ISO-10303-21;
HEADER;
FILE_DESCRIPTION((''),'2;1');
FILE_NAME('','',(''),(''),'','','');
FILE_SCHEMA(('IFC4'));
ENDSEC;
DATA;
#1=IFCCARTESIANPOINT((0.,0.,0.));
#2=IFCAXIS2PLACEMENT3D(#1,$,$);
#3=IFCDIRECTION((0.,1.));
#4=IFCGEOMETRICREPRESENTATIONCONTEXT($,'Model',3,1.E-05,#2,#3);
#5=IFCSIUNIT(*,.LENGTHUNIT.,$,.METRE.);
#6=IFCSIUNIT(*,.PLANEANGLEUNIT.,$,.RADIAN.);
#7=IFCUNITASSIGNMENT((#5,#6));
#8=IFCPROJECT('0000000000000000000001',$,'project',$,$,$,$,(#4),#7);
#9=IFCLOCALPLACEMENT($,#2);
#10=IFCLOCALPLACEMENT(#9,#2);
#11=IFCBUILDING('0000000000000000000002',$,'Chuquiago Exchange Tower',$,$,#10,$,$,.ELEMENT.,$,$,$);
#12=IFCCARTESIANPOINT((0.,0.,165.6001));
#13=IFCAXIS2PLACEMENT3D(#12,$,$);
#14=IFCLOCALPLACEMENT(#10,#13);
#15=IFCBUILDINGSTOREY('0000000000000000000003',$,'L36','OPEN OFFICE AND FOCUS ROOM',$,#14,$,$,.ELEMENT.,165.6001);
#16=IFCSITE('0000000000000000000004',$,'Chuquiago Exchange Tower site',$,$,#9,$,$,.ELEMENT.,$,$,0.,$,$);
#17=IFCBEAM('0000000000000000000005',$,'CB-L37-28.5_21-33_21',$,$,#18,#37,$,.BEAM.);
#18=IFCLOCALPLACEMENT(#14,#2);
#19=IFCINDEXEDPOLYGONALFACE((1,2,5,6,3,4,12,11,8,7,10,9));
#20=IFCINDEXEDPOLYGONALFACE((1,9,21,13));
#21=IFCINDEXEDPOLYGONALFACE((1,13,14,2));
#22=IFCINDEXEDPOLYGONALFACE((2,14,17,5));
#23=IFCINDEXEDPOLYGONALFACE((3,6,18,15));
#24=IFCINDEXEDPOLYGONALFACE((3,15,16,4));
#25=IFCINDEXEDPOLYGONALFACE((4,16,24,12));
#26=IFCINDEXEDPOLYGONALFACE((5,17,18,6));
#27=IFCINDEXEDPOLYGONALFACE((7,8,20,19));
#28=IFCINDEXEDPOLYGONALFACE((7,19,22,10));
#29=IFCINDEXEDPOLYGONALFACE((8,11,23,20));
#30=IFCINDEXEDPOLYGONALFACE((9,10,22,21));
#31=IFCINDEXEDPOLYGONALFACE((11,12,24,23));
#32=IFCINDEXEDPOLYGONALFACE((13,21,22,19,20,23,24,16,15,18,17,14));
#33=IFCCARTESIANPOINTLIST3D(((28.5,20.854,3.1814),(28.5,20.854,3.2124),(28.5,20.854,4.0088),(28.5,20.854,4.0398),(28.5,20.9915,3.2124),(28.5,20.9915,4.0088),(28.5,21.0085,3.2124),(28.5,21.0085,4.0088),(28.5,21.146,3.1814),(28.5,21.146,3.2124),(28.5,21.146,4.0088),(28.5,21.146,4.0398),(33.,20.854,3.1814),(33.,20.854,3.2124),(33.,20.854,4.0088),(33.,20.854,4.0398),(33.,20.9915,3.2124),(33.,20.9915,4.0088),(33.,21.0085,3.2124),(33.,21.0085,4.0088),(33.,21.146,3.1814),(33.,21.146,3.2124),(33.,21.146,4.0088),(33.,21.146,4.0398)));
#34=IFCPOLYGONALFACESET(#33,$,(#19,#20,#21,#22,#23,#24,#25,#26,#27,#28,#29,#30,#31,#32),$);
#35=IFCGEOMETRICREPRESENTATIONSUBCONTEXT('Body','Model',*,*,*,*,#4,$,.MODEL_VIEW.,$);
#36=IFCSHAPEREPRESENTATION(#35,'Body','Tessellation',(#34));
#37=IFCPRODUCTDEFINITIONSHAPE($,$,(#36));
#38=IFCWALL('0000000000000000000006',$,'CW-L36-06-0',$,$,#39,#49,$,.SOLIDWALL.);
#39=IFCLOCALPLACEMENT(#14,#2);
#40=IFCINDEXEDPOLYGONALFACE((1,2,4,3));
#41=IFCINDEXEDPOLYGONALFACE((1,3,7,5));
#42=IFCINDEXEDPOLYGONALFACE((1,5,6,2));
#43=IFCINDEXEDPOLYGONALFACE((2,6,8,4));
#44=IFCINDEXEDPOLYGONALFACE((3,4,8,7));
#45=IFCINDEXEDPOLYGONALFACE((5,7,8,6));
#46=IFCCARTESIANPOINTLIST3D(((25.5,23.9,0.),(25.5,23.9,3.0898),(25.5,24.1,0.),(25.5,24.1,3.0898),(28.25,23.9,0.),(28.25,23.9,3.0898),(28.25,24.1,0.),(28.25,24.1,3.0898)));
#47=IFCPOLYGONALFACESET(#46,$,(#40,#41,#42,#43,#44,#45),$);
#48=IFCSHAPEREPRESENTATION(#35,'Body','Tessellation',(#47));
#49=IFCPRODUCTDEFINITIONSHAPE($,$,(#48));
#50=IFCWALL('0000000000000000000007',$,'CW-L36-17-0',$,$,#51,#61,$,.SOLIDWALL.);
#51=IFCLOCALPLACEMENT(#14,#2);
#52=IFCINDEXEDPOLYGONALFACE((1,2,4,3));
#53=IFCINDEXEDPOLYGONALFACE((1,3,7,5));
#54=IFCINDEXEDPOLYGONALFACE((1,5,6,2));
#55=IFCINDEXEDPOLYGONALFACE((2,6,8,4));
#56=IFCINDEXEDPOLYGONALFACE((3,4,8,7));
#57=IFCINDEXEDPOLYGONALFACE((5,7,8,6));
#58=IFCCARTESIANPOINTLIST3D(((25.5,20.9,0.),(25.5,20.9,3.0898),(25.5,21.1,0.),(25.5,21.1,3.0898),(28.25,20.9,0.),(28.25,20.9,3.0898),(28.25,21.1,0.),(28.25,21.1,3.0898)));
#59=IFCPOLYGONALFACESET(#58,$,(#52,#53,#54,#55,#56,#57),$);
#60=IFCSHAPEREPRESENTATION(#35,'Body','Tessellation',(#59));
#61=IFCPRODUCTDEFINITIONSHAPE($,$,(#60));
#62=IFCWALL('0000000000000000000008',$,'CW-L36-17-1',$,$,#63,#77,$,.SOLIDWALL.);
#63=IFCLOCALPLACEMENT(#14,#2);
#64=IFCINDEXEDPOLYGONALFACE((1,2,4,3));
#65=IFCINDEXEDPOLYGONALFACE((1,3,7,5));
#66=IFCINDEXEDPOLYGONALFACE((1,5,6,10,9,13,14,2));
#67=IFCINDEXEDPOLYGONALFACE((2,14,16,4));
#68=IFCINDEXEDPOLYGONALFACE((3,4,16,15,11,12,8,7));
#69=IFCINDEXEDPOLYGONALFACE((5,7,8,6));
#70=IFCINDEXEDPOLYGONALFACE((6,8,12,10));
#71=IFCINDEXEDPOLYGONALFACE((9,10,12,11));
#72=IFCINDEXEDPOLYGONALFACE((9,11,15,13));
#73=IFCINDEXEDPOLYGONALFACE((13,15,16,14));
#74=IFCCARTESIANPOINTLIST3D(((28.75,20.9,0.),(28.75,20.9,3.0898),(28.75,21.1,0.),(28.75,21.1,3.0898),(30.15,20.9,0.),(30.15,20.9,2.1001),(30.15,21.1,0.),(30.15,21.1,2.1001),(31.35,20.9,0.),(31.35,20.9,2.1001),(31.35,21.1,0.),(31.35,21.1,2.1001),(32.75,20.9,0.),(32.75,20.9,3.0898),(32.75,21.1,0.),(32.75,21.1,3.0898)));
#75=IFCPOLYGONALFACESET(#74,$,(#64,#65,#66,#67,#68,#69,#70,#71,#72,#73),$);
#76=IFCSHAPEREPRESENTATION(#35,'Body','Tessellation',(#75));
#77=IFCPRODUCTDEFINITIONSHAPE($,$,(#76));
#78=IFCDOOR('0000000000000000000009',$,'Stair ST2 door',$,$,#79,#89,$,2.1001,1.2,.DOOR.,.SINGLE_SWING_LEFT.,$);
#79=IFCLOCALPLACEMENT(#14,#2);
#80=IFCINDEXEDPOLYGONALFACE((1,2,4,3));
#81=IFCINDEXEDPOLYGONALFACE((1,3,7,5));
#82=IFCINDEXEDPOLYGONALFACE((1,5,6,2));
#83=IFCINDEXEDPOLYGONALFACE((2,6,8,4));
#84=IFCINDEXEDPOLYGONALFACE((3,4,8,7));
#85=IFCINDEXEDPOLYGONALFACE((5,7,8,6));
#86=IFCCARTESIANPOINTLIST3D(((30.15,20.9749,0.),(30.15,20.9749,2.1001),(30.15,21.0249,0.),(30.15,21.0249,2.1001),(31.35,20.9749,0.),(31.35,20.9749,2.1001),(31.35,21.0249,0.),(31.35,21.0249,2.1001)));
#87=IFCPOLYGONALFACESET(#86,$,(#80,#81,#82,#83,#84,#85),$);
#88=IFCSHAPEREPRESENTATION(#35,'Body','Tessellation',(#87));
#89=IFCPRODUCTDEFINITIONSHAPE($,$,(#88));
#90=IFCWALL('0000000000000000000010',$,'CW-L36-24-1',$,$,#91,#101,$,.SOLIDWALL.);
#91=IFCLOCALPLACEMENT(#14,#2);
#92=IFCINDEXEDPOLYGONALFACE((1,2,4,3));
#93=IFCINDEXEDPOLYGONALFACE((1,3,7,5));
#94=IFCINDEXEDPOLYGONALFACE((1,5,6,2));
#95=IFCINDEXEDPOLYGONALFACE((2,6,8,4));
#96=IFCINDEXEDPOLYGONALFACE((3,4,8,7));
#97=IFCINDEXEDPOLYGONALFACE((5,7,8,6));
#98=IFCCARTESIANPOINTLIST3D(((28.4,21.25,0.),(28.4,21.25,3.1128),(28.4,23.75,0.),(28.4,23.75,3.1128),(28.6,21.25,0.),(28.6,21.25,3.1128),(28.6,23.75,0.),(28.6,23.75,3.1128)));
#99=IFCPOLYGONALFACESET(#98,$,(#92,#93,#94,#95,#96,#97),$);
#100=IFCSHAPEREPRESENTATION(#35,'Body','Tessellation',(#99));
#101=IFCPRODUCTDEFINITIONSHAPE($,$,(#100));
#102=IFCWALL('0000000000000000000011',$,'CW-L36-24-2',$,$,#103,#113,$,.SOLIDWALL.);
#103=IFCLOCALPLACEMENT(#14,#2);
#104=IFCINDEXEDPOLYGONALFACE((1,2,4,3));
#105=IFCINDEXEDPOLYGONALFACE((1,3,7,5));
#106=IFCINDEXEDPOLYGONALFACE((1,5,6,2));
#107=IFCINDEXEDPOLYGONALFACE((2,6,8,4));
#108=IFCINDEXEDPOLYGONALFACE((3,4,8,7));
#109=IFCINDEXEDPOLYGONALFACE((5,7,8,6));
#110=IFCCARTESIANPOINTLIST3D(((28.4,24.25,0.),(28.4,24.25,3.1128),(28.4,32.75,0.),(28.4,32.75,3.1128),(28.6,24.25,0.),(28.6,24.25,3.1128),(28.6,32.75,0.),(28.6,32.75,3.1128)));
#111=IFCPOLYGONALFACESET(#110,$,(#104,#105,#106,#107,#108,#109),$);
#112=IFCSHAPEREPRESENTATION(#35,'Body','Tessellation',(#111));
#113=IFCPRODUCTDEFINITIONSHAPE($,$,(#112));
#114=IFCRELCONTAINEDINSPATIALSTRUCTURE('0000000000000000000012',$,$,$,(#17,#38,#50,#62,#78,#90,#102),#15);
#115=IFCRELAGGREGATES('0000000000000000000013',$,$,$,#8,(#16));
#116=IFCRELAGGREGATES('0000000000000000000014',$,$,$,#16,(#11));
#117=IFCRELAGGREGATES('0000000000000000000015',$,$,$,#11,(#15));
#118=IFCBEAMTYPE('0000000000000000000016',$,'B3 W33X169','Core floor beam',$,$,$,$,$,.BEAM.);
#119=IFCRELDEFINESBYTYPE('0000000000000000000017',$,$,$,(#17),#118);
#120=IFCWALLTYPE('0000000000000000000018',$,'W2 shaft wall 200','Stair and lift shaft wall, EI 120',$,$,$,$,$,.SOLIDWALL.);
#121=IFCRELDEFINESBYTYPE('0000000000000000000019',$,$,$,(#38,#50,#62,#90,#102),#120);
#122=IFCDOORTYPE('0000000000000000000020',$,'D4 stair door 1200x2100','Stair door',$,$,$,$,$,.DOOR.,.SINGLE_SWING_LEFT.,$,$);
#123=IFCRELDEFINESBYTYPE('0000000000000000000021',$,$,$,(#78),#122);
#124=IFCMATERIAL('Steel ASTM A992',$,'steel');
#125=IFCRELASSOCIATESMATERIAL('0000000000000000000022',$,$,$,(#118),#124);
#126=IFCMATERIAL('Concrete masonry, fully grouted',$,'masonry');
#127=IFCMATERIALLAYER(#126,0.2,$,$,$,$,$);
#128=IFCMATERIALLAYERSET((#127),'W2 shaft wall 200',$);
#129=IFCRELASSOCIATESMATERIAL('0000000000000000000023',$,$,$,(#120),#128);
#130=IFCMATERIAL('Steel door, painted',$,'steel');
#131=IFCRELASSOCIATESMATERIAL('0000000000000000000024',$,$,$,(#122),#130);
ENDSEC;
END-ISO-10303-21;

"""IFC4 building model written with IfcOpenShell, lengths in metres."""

from ifc_helpers import new_model, si_unit, direction, frame, frame_2d, origin, origin_2d, place, context, subcontext, project, spatial, rectangle, i_section, extrude, material, layer, layer_set, material_profile, profile_set, type_object, element, fill, save


model = new_model("IFC4")

# Units and contexts
model_context = context("Model", 3, precision=1e-05, world=origin(), true_north=direction((0.0, 1.0)))
body_context = subcontext(model_context, "Body", "Model", "MODEL_VIEW")
ifc_project = project(units=[si_unit("LENGTHUNIT", "METRE"), si_unit("PLANEANGLEUNIT", "RADIAN")], contexts=[model_context])

# Site, building, storey
site_placement = place(None, origin())
site = spatial("IfcSite", under=ifc_project, at=site_placement, Name="Chuquiago Exchange Tower site", CompositionType="ELEMENT", RefElevation=0.0)
building_placement = place(site_placement, origin())
building = spatial("IfcBuilding", under=site, at=building_placement, Name="Chuquiago Exchange Tower", CompositionType="ELEMENT")
storey_placement = place(building_placement, frame((0.0, 0.0, 165.6001)))
storey = spatial("IfcBuildingStorey", under=building, at=storey_placement, Name="L36", Description="OPEN OFFICE AND FOCUS ROOM", CompositionType="ELEMENT", Elevation=165.6001)

# Beam
ifc_material_1 = material(Name="Steel ASTM A992", Category="steel")
ifc_material_profile_1 = material_profile(ifc_material_1, i_section(OverallWidth=0.292, OverallDepth=0.8584, WebThickness=0.0171, FlangeThickness=0.031, at=origin_2d()), Name="W33X169")
ifc_profile_set_1 = profile_set([ifc_material_profile_1], Name="Steel ASTM A992")
beam_type_1 = type_object("IfcBeamType", Name="B3 W33X169", Description="Core floor beam", PredefinedType="BEAM", material=ifc_profile_set_1)
beam_1_placement = place(storey_placement, frame((28.5, 21.0, 3.6106), z_axis=(1.0, 0.0, 0.0), x_axis=(0.0, 1.0, 0.0)))
element("IfcBeam", 1, at=beam_1_placement, inside=storey, type_object=beam_type_1, Name="CB-L37-28.5_21-33_21", PredefinedType="BEAM", context=body_context, shape_type="SweptSolid", body=[
    extrude(i_section(OverallWidth=0.292, OverallDepth=0.8584, WebThickness=0.0171, FlangeThickness=0.031, at=origin_2d()), origin(), (0.0, 0.0, 1.0), 4.5),
])

# Walls
ifc_material_2 = material(Name="Concrete masonry, fully grouted", Category="masonry")
ifc_layer = layer(ifc_material_2, 0.2)
ifc_layer_set = layer_set([ifc_layer], Name="W2 shaft wall 200")
wall_type = type_object("IfcWallType", Name="W2 shaft wall 200", Description="Stair and lift shaft wall, EI 120", PredefinedType="SOLIDWALL", material=ifc_layer_set)
for number, where, z_axis, x_axis, name in (
    (2, (25.5, 24.0, 0.0), (0.0, 0.0, 1.0), (1.0, 0.0, 0.0), "CW-L36-06-0"),
    (3, (25.5, 21.0, 0.0), (0.0, 0.0, 1.0), (1.0, 0.0, 0.0), "CW-L36-17-0"),
):
    element("IfcWall", number, at=place(storey_placement, frame(where, z_axis=z_axis, x_axis=x_axis)), inside=storey, type_object=wall_type, Name=name, PredefinedType="SOLIDWALL", context=body_context, shape_type="SweptSolid", body=[
        extrude(rectangle(XDim=2.75, YDim=0.2, at=frame_2d((1.375, 0.0))), origin(), (0.0, 0.0, 1.0), 3.0898),
    ])

# Wall, opening, door
wall_1_placement = place(storey_placement, frame((28.75, 21.0, 0.0), z_axis=(0.0, 0.0, 1.0), x_axis=(1.0, 0.0, 0.0)))
wall_1 = element("IfcWall", 4, at=wall_1_placement, inside=storey, type_object=wall_type, Name="CW-L36-17-1", PredefinedType="SOLIDWALL", context=body_context, shape_type="SweptSolid", body=[
    extrude(rectangle(XDim=4.0, YDim=0.2, at=frame_2d((2.0, 0.0))), origin(), (0.0, 0.0, 1.0), 3.0898),
])
opening_placement = place(wall_1_placement, frame((1.3999, 0.0, 0.0)))
opening = element("IfcOpeningElement", 5, at=opening_placement, cuts=wall_1, PredefinedType="OPENING", context=body_context, shape_type="SweptSolid", body=[
    extrude(rectangle(XDim=1.2, YDim=2.1001, at=frame_2d((0.6001, 1.05))), frame((0.0, 0.1099, 0.0), z_axis=(0.0, -1.0, 0.0), x_axis=(1.0, 0.0, 0.0)), (0.0, 0.0, 1.0), 0.22),
])
ifc_material_3 = material(Name="Steel door, painted", Category="steel")
door_type = type_object("IfcDoorType", Name="D4 stair door 1200x2100", Description="Stair door", OperationType="SINGLE_SWING_LEFT", PredefinedType="DOOR", material=ifc_material_3)
door_placement = place(opening_placement, origin())
door = element("IfcDoor", 6, at=door_placement, inside=storey, type_object=door_type, Name="Stair ST2 door", OperationType="SINGLE_SWING_LEFT", OverallHeight=2.1001, OverallWidth=1.2, PredefinedType="DOOR", context=body_context, shape_type="SweptSolid", body=[
    extrude(rectangle(XDim=1.2, YDim=2.1001, at=frame_2d((0.6001, 1.05))), frame((0.0, 0.0249, 0.0), z_axis=(0.0, -1.0, 0.0), x_axis=(1.0, 0.0, 0.0)), (0.0, 0.0, 1.0), 0.05),
])
fill(opening, door)

# Walls
wall_2_placement = place(storey_placement, frame((28.5, 21.25, 0.0), z_axis=(0.0, 0.0, 1.0), x_axis=(0.0, 1.0, 0.0)))
element("IfcWall", 7, at=wall_2_placement, inside=storey, type_object=wall_type, Name="CW-L36-24-1", PredefinedType="SOLIDWALL", context=body_context, shape_type="SweptSolid", body=[
    extrude(rectangle(XDim=2.5, YDim=0.2, at=frame_2d((1.25, 0.0))), origin(), (0.0, 0.0, 1.0), 3.1128),
])
wall_3_placement = place(storey_placement, frame((28.5, 24.25, 0.0), z_axis=(0.0, 0.0, 1.0), x_axis=(0.0, 1.0, 0.0)))
element("IfcWall", 8, at=wall_3_placement, inside=storey, type_object=wall_type, Name="CW-L36-24-2", PredefinedType="SOLIDWALL", context=body_context, shape_type="SweptSolid", body=[
    extrude(rectangle(XDim=8.5, YDim=0.2, at=frame_2d((4.25, 0.0))), origin(), (0.0, 0.0, 1.0), 3.1128),
])

save(model, "model.ifc")
